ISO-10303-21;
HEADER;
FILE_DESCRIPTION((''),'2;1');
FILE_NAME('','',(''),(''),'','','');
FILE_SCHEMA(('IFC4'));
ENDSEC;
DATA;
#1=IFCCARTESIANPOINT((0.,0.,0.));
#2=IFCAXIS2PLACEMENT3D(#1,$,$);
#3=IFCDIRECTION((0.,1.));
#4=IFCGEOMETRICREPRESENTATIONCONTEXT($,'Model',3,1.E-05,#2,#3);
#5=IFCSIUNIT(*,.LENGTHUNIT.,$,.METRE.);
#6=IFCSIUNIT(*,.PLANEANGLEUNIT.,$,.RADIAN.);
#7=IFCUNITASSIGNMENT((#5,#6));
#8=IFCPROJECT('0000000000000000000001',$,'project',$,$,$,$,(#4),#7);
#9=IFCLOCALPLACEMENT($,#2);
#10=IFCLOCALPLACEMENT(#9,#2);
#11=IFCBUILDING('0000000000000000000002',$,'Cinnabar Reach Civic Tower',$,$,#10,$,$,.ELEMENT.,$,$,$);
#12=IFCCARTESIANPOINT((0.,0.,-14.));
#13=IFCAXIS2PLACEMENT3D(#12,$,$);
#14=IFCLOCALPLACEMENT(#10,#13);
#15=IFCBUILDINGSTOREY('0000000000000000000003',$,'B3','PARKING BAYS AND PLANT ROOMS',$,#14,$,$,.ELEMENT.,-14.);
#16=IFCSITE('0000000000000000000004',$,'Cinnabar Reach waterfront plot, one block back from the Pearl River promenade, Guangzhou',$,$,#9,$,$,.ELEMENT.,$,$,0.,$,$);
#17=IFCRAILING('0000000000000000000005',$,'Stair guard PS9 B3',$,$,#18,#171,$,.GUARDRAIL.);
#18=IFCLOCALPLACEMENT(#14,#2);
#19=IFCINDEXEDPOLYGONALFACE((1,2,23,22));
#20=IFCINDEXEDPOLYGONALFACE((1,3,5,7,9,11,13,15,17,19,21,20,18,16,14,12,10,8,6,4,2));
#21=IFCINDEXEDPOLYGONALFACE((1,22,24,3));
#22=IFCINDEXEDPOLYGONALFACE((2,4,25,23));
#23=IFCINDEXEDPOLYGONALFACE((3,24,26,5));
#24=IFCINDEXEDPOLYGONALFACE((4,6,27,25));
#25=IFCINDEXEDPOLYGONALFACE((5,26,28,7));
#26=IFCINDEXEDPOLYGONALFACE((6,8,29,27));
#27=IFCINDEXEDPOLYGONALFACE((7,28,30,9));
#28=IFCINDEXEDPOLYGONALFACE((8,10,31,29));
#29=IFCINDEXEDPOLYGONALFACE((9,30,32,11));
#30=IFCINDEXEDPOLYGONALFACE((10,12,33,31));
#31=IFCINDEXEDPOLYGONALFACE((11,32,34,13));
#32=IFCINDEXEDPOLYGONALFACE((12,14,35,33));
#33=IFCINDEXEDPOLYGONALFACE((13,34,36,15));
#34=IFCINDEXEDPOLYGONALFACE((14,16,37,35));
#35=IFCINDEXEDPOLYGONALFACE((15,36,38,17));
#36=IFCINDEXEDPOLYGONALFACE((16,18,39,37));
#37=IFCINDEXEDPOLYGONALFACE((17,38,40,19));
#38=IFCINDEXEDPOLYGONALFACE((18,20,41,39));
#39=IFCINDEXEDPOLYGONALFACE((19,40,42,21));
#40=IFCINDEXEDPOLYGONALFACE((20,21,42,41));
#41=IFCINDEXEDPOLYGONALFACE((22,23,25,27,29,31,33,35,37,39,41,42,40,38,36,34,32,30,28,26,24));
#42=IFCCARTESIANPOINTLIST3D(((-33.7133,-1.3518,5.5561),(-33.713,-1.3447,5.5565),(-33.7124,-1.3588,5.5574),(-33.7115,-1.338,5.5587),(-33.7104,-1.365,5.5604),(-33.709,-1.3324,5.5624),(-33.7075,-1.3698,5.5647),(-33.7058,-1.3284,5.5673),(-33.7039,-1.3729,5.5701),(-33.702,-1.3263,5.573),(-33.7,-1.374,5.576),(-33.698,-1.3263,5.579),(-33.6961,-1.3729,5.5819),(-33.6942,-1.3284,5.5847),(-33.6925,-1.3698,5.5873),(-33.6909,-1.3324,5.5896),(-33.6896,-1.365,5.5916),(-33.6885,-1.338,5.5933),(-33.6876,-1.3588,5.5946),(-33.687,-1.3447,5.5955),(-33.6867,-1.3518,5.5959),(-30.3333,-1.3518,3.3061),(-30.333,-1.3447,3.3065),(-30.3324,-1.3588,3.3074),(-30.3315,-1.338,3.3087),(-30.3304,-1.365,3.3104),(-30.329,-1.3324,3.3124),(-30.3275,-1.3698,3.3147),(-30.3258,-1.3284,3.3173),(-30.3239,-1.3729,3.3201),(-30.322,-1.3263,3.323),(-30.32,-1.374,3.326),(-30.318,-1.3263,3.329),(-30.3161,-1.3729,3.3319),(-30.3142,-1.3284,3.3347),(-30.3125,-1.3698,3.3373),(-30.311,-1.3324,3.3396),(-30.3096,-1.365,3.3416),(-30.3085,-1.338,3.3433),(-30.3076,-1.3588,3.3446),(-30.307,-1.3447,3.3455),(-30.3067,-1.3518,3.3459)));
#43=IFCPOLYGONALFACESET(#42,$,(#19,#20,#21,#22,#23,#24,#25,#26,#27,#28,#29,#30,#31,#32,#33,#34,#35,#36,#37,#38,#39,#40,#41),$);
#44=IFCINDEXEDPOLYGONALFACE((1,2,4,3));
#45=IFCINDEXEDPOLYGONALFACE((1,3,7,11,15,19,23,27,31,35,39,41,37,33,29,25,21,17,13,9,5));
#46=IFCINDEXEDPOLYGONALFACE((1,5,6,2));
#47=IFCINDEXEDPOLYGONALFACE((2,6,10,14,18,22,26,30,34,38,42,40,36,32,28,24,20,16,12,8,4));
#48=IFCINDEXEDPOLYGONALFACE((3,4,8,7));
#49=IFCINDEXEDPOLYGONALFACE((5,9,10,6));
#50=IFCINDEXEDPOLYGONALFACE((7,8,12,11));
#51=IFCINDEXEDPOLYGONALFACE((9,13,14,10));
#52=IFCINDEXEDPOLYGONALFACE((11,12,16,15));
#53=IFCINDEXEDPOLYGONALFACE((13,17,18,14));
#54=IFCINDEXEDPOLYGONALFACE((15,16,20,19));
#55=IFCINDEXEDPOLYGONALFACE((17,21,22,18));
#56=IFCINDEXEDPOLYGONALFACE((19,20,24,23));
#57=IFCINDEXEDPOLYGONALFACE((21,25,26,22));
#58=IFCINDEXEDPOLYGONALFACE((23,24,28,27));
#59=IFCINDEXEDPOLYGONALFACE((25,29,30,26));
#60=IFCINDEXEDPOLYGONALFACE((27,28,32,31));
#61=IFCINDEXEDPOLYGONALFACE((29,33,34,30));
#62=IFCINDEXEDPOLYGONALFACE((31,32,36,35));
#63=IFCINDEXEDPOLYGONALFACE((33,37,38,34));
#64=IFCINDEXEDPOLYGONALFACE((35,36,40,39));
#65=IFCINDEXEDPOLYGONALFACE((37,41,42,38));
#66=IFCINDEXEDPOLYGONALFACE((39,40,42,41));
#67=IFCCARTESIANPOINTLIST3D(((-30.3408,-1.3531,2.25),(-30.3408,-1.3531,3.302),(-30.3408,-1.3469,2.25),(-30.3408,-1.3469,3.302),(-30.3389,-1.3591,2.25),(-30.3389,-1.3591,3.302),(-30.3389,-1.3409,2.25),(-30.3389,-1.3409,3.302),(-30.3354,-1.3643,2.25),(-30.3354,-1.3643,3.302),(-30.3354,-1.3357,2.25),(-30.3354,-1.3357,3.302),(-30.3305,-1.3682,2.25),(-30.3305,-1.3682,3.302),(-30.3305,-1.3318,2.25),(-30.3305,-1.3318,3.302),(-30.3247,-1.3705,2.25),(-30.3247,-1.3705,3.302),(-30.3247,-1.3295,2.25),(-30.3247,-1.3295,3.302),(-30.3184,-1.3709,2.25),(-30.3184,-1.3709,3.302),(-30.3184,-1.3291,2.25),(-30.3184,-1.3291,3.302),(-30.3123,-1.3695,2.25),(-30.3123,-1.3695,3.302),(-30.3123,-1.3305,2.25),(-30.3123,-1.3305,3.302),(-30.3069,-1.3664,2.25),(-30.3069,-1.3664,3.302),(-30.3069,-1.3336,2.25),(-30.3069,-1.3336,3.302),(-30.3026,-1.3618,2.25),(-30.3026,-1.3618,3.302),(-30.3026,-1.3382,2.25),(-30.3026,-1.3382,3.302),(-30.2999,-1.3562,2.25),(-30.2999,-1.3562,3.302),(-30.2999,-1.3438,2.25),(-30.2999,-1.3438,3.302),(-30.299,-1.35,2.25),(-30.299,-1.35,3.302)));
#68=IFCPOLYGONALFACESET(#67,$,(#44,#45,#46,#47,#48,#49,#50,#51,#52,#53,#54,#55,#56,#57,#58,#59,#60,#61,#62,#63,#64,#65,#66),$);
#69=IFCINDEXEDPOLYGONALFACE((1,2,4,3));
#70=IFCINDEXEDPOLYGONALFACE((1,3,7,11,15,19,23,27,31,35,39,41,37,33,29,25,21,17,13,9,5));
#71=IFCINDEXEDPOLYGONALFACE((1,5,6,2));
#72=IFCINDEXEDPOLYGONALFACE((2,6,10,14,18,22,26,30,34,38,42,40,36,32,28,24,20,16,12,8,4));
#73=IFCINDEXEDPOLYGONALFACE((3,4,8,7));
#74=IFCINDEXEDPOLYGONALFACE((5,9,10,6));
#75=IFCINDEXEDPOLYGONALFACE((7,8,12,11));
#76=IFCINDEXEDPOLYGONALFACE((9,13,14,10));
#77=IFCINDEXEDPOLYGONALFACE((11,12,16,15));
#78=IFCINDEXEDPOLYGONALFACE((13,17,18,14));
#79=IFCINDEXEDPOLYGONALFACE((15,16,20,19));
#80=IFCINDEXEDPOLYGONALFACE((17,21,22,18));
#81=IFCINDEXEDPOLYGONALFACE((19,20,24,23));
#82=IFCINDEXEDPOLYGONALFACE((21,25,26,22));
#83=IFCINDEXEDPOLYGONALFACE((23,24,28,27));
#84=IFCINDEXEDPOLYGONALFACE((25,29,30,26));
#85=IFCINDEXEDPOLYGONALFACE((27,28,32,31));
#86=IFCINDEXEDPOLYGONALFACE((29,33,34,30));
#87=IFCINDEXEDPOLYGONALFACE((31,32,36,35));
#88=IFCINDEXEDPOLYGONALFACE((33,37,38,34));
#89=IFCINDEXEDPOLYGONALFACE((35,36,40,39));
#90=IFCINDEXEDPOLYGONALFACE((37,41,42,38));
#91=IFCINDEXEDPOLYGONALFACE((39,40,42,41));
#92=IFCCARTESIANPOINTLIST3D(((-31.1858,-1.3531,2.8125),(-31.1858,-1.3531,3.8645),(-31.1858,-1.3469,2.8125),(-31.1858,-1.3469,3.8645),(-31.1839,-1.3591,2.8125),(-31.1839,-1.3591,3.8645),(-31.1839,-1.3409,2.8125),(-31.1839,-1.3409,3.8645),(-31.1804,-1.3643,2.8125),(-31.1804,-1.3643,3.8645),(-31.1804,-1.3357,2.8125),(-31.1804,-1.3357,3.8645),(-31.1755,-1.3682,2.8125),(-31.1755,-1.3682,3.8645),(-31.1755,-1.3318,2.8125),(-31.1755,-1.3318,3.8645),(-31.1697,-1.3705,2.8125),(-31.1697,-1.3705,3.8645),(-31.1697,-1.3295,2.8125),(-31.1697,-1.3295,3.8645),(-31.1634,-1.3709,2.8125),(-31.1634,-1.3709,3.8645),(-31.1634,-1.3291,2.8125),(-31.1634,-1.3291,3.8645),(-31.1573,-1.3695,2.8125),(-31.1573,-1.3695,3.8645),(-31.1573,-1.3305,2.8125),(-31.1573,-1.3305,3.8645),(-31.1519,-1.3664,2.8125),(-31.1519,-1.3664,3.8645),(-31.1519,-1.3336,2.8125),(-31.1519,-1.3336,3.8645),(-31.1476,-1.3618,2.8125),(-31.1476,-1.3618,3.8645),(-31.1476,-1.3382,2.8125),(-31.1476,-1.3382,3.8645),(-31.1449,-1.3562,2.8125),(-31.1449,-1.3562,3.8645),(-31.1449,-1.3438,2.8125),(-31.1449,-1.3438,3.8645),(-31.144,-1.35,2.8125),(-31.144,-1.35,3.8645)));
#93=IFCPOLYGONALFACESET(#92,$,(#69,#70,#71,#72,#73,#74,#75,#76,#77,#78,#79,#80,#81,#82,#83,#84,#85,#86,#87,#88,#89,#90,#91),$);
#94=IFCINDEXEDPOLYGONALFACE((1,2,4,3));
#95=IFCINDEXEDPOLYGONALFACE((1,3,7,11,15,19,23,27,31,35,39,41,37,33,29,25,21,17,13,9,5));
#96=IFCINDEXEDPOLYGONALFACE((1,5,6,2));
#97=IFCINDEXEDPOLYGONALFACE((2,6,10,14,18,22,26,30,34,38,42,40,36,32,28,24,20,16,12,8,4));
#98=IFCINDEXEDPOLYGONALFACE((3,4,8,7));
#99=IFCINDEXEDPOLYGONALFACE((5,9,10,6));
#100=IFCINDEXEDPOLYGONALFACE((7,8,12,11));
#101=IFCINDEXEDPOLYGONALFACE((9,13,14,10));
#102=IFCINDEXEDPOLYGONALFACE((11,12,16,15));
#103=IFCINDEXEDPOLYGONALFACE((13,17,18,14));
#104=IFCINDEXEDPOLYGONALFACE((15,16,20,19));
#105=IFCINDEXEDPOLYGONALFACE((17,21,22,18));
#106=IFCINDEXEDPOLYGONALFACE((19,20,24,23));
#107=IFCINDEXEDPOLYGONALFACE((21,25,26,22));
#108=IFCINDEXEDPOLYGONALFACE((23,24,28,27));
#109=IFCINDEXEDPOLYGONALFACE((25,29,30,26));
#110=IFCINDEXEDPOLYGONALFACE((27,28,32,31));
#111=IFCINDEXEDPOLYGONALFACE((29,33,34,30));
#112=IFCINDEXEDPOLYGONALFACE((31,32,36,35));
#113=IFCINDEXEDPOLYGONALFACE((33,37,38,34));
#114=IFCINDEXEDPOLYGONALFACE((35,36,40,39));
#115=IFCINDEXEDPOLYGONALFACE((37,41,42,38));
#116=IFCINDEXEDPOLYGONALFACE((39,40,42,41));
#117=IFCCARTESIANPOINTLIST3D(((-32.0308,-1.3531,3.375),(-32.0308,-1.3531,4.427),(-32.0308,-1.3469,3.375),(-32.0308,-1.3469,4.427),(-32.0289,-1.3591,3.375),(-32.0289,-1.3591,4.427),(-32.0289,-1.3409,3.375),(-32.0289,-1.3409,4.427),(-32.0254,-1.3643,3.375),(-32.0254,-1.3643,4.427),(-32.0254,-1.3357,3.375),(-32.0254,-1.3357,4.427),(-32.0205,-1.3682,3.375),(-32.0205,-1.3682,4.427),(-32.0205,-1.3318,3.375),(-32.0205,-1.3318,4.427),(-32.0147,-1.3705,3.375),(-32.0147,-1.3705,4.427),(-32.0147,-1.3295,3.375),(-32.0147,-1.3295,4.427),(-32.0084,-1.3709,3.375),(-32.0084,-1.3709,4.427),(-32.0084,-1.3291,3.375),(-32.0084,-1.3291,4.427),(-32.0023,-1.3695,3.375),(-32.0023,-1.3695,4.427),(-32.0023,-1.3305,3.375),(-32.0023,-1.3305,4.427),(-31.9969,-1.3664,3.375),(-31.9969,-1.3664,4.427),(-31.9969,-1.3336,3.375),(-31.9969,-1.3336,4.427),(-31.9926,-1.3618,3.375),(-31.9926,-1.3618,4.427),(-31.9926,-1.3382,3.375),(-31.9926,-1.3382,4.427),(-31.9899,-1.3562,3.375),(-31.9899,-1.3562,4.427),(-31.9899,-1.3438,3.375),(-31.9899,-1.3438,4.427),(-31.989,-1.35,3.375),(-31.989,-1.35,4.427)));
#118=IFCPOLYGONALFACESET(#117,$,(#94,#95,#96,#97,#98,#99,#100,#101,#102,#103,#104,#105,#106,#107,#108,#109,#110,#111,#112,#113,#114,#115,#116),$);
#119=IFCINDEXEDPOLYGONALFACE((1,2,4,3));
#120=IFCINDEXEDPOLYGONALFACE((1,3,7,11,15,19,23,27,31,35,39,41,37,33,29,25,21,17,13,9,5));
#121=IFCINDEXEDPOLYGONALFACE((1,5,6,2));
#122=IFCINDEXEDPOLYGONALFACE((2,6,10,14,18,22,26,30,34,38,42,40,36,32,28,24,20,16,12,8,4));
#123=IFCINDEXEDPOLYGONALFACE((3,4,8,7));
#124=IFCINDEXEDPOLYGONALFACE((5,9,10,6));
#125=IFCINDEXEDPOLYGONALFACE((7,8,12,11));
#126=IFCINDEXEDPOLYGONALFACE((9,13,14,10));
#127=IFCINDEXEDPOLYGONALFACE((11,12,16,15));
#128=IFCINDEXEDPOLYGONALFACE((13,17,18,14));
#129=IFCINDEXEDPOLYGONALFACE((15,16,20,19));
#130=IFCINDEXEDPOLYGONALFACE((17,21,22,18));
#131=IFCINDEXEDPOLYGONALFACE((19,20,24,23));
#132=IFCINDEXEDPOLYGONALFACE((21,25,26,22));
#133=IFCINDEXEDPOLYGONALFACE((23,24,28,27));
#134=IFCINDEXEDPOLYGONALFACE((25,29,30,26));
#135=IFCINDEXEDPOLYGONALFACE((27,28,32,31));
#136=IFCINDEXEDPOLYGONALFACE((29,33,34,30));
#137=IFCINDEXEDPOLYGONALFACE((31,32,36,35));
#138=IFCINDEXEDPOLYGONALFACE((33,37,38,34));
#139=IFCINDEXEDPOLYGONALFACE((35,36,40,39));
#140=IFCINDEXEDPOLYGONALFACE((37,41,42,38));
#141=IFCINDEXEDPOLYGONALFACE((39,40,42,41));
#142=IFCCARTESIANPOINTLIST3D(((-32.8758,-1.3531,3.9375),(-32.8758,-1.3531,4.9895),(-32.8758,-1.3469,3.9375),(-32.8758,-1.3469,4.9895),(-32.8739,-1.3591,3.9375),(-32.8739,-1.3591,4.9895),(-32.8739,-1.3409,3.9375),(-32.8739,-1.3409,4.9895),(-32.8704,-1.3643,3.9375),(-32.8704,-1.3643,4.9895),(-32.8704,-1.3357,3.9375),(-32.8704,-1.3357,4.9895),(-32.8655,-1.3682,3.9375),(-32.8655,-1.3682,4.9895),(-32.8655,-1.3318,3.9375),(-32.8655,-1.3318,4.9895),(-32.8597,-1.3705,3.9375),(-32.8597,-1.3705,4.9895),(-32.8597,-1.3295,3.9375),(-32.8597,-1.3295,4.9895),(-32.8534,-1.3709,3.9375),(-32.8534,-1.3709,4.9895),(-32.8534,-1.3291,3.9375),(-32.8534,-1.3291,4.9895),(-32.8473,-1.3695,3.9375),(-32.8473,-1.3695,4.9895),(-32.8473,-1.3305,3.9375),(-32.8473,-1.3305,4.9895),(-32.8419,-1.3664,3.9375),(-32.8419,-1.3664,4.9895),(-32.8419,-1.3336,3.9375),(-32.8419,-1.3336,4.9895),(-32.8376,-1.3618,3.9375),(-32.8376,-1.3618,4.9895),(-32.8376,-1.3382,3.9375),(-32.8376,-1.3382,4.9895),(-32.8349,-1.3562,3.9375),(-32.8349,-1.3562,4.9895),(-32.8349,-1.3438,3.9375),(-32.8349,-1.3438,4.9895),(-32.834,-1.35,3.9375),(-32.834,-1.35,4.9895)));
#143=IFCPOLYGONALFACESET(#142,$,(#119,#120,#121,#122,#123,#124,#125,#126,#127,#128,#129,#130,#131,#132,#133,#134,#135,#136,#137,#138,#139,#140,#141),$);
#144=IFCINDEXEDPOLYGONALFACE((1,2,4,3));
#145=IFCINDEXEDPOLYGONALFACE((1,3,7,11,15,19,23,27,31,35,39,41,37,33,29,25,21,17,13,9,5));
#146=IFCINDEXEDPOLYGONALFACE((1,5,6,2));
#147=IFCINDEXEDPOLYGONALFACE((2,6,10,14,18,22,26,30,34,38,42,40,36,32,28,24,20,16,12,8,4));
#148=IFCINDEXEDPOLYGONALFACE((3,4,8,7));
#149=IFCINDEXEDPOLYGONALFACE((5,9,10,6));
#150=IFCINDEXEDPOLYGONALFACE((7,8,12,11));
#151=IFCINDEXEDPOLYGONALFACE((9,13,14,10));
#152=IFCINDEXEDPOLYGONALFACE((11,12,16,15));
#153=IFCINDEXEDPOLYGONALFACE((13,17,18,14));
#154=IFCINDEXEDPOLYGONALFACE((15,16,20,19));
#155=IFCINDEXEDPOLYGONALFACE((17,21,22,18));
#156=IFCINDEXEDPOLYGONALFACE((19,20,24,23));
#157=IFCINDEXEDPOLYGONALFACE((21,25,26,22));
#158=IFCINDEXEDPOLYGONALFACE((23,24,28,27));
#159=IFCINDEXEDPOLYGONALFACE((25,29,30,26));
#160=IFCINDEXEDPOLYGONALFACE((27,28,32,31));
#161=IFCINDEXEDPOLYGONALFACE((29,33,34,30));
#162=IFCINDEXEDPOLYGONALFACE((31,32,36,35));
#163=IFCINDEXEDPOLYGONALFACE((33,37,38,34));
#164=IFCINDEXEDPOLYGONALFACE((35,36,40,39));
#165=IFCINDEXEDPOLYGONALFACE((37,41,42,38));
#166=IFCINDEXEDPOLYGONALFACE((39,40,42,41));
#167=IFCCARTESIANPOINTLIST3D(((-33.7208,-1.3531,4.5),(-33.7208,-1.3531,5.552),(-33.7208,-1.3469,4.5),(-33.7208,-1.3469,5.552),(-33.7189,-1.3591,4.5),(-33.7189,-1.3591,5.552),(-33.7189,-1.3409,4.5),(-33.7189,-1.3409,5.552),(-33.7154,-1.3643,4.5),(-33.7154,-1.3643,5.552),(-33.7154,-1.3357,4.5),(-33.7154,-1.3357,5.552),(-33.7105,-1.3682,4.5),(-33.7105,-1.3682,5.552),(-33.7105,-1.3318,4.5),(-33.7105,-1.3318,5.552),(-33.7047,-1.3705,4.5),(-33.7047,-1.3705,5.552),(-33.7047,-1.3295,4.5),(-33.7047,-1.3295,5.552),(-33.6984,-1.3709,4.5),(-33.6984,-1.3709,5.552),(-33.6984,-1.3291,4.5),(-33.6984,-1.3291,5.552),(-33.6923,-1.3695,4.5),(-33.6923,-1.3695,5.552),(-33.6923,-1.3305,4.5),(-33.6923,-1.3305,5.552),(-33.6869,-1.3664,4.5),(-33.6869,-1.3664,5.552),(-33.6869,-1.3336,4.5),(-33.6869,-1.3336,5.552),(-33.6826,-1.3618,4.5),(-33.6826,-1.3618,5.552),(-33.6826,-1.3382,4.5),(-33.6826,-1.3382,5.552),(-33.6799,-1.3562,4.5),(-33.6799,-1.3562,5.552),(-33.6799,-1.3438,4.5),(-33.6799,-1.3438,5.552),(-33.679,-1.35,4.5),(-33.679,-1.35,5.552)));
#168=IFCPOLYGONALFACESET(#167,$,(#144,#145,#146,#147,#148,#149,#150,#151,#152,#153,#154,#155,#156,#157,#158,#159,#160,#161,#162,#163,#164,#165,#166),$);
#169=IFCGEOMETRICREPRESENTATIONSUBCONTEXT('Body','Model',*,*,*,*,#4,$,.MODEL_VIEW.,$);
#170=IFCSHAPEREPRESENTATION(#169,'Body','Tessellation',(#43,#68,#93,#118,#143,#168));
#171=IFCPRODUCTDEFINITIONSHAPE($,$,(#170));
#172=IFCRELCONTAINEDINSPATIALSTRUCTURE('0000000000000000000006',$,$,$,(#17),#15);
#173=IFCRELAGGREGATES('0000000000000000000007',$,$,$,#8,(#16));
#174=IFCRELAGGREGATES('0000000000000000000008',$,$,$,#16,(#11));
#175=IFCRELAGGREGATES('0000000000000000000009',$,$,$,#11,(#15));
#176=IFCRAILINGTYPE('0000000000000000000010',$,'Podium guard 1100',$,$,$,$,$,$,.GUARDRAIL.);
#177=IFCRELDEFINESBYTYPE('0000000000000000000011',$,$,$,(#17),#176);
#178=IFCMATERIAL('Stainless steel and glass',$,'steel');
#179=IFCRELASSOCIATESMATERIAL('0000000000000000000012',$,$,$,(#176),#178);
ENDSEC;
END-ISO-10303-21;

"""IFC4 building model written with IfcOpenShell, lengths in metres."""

from ifc_helpers import new_model, si_unit, direction, frame, origin, origin_2d, place, context, subcontext, project, spatial, circle, extrude, material, type_object, element, save


model = new_model("IFC4")

# Units and contexts
model_context = context("Model", 3, precision=1e-05, world=origin(), true_north=direction((0.0, 1.0)))
body_context = subcontext(model_context, "Body", "Model", "MODEL_VIEW")
ifc_project = project(units=[si_unit("LENGTHUNIT", "METRE"), si_unit("PLANEANGLEUNIT", "RADIAN")], contexts=[model_context])

# Site, building, storey
site_placement = place(None, origin())
site = spatial("IfcSite", under=ifc_project, at=site_placement, Name="Cinnabar Reach waterfront plot, one block back from the Pearl River promenade, Guangzhou", CompositionType="ELEMENT", RefElevation=0.0)
building_placement = place(site_placement, origin())
building = spatial("IfcBuilding", under=site, at=building_placement, Name="Cinnabar Reach Civic Tower", CompositionType="ELEMENT")
storey_placement = place(building_placement, frame((0.0, 0.0, -14.0)))
storey = spatial("IfcBuildingStorey", under=building, at=storey_placement, Name="B3", Description="PARKING BAYS AND PLANT ROOMS", CompositionType="ELEMENT", Elevation=-14.0)

# Railing
ifc_material_1 = material(Name="Stainless steel and glass", Category="steel")
railing_type_1 = type_object("IfcRailingType", Name="Podium guard 1100", PredefinedType="GUARDRAIL", material=ifc_material_1)
railing_1_placement = place(storey_placement, frame((-30.32, -1.35, 2.25)))
element("IfcRailing", 1, at=railing_1_placement, inside=storey, type_object=railing_type_1, Name="Stair guard PS9 B3", PredefinedType="GUARDRAIL", context=body_context, shape_type="SweptSolid", body=[
    extrude(circle(Radius=0.024, at=origin_2d()), frame((0.0, 0.0, 1.076), z_axis=(-0.832429, 0.0, 0.554132), x_axis=(0.0, -1.0, 0.0)), (0.0, 0.0, 1.0), 4.0604),
    extrude(circle(Radius=0.021, at=origin_2d()), origin(), (0.0, 0.0, 1.0), 1.052),
    extrude(circle(Radius=0.021, at=origin_2d()), frame((-0.845, 0.0, 0.5625)), (0.0, 0.0, 1.0), 1.052),
    extrude(circle(Radius=0.021, at=origin_2d()), frame((-1.69, 0.0, 1.125)), (0.0, 0.0, 1.0), 1.052),
    extrude(circle(Radius=0.021, at=origin_2d()), frame((-2.535, 0.0, 1.6875)), (0.0, 0.0, 1.0), 1.052),
    extrude(circle(Radius=0.021, at=origin_2d()), frame((-3.38, 0.0, 2.25)), (0.0, 0.0, 1.0), 1.052),
])

save(model, "model.ifc")
